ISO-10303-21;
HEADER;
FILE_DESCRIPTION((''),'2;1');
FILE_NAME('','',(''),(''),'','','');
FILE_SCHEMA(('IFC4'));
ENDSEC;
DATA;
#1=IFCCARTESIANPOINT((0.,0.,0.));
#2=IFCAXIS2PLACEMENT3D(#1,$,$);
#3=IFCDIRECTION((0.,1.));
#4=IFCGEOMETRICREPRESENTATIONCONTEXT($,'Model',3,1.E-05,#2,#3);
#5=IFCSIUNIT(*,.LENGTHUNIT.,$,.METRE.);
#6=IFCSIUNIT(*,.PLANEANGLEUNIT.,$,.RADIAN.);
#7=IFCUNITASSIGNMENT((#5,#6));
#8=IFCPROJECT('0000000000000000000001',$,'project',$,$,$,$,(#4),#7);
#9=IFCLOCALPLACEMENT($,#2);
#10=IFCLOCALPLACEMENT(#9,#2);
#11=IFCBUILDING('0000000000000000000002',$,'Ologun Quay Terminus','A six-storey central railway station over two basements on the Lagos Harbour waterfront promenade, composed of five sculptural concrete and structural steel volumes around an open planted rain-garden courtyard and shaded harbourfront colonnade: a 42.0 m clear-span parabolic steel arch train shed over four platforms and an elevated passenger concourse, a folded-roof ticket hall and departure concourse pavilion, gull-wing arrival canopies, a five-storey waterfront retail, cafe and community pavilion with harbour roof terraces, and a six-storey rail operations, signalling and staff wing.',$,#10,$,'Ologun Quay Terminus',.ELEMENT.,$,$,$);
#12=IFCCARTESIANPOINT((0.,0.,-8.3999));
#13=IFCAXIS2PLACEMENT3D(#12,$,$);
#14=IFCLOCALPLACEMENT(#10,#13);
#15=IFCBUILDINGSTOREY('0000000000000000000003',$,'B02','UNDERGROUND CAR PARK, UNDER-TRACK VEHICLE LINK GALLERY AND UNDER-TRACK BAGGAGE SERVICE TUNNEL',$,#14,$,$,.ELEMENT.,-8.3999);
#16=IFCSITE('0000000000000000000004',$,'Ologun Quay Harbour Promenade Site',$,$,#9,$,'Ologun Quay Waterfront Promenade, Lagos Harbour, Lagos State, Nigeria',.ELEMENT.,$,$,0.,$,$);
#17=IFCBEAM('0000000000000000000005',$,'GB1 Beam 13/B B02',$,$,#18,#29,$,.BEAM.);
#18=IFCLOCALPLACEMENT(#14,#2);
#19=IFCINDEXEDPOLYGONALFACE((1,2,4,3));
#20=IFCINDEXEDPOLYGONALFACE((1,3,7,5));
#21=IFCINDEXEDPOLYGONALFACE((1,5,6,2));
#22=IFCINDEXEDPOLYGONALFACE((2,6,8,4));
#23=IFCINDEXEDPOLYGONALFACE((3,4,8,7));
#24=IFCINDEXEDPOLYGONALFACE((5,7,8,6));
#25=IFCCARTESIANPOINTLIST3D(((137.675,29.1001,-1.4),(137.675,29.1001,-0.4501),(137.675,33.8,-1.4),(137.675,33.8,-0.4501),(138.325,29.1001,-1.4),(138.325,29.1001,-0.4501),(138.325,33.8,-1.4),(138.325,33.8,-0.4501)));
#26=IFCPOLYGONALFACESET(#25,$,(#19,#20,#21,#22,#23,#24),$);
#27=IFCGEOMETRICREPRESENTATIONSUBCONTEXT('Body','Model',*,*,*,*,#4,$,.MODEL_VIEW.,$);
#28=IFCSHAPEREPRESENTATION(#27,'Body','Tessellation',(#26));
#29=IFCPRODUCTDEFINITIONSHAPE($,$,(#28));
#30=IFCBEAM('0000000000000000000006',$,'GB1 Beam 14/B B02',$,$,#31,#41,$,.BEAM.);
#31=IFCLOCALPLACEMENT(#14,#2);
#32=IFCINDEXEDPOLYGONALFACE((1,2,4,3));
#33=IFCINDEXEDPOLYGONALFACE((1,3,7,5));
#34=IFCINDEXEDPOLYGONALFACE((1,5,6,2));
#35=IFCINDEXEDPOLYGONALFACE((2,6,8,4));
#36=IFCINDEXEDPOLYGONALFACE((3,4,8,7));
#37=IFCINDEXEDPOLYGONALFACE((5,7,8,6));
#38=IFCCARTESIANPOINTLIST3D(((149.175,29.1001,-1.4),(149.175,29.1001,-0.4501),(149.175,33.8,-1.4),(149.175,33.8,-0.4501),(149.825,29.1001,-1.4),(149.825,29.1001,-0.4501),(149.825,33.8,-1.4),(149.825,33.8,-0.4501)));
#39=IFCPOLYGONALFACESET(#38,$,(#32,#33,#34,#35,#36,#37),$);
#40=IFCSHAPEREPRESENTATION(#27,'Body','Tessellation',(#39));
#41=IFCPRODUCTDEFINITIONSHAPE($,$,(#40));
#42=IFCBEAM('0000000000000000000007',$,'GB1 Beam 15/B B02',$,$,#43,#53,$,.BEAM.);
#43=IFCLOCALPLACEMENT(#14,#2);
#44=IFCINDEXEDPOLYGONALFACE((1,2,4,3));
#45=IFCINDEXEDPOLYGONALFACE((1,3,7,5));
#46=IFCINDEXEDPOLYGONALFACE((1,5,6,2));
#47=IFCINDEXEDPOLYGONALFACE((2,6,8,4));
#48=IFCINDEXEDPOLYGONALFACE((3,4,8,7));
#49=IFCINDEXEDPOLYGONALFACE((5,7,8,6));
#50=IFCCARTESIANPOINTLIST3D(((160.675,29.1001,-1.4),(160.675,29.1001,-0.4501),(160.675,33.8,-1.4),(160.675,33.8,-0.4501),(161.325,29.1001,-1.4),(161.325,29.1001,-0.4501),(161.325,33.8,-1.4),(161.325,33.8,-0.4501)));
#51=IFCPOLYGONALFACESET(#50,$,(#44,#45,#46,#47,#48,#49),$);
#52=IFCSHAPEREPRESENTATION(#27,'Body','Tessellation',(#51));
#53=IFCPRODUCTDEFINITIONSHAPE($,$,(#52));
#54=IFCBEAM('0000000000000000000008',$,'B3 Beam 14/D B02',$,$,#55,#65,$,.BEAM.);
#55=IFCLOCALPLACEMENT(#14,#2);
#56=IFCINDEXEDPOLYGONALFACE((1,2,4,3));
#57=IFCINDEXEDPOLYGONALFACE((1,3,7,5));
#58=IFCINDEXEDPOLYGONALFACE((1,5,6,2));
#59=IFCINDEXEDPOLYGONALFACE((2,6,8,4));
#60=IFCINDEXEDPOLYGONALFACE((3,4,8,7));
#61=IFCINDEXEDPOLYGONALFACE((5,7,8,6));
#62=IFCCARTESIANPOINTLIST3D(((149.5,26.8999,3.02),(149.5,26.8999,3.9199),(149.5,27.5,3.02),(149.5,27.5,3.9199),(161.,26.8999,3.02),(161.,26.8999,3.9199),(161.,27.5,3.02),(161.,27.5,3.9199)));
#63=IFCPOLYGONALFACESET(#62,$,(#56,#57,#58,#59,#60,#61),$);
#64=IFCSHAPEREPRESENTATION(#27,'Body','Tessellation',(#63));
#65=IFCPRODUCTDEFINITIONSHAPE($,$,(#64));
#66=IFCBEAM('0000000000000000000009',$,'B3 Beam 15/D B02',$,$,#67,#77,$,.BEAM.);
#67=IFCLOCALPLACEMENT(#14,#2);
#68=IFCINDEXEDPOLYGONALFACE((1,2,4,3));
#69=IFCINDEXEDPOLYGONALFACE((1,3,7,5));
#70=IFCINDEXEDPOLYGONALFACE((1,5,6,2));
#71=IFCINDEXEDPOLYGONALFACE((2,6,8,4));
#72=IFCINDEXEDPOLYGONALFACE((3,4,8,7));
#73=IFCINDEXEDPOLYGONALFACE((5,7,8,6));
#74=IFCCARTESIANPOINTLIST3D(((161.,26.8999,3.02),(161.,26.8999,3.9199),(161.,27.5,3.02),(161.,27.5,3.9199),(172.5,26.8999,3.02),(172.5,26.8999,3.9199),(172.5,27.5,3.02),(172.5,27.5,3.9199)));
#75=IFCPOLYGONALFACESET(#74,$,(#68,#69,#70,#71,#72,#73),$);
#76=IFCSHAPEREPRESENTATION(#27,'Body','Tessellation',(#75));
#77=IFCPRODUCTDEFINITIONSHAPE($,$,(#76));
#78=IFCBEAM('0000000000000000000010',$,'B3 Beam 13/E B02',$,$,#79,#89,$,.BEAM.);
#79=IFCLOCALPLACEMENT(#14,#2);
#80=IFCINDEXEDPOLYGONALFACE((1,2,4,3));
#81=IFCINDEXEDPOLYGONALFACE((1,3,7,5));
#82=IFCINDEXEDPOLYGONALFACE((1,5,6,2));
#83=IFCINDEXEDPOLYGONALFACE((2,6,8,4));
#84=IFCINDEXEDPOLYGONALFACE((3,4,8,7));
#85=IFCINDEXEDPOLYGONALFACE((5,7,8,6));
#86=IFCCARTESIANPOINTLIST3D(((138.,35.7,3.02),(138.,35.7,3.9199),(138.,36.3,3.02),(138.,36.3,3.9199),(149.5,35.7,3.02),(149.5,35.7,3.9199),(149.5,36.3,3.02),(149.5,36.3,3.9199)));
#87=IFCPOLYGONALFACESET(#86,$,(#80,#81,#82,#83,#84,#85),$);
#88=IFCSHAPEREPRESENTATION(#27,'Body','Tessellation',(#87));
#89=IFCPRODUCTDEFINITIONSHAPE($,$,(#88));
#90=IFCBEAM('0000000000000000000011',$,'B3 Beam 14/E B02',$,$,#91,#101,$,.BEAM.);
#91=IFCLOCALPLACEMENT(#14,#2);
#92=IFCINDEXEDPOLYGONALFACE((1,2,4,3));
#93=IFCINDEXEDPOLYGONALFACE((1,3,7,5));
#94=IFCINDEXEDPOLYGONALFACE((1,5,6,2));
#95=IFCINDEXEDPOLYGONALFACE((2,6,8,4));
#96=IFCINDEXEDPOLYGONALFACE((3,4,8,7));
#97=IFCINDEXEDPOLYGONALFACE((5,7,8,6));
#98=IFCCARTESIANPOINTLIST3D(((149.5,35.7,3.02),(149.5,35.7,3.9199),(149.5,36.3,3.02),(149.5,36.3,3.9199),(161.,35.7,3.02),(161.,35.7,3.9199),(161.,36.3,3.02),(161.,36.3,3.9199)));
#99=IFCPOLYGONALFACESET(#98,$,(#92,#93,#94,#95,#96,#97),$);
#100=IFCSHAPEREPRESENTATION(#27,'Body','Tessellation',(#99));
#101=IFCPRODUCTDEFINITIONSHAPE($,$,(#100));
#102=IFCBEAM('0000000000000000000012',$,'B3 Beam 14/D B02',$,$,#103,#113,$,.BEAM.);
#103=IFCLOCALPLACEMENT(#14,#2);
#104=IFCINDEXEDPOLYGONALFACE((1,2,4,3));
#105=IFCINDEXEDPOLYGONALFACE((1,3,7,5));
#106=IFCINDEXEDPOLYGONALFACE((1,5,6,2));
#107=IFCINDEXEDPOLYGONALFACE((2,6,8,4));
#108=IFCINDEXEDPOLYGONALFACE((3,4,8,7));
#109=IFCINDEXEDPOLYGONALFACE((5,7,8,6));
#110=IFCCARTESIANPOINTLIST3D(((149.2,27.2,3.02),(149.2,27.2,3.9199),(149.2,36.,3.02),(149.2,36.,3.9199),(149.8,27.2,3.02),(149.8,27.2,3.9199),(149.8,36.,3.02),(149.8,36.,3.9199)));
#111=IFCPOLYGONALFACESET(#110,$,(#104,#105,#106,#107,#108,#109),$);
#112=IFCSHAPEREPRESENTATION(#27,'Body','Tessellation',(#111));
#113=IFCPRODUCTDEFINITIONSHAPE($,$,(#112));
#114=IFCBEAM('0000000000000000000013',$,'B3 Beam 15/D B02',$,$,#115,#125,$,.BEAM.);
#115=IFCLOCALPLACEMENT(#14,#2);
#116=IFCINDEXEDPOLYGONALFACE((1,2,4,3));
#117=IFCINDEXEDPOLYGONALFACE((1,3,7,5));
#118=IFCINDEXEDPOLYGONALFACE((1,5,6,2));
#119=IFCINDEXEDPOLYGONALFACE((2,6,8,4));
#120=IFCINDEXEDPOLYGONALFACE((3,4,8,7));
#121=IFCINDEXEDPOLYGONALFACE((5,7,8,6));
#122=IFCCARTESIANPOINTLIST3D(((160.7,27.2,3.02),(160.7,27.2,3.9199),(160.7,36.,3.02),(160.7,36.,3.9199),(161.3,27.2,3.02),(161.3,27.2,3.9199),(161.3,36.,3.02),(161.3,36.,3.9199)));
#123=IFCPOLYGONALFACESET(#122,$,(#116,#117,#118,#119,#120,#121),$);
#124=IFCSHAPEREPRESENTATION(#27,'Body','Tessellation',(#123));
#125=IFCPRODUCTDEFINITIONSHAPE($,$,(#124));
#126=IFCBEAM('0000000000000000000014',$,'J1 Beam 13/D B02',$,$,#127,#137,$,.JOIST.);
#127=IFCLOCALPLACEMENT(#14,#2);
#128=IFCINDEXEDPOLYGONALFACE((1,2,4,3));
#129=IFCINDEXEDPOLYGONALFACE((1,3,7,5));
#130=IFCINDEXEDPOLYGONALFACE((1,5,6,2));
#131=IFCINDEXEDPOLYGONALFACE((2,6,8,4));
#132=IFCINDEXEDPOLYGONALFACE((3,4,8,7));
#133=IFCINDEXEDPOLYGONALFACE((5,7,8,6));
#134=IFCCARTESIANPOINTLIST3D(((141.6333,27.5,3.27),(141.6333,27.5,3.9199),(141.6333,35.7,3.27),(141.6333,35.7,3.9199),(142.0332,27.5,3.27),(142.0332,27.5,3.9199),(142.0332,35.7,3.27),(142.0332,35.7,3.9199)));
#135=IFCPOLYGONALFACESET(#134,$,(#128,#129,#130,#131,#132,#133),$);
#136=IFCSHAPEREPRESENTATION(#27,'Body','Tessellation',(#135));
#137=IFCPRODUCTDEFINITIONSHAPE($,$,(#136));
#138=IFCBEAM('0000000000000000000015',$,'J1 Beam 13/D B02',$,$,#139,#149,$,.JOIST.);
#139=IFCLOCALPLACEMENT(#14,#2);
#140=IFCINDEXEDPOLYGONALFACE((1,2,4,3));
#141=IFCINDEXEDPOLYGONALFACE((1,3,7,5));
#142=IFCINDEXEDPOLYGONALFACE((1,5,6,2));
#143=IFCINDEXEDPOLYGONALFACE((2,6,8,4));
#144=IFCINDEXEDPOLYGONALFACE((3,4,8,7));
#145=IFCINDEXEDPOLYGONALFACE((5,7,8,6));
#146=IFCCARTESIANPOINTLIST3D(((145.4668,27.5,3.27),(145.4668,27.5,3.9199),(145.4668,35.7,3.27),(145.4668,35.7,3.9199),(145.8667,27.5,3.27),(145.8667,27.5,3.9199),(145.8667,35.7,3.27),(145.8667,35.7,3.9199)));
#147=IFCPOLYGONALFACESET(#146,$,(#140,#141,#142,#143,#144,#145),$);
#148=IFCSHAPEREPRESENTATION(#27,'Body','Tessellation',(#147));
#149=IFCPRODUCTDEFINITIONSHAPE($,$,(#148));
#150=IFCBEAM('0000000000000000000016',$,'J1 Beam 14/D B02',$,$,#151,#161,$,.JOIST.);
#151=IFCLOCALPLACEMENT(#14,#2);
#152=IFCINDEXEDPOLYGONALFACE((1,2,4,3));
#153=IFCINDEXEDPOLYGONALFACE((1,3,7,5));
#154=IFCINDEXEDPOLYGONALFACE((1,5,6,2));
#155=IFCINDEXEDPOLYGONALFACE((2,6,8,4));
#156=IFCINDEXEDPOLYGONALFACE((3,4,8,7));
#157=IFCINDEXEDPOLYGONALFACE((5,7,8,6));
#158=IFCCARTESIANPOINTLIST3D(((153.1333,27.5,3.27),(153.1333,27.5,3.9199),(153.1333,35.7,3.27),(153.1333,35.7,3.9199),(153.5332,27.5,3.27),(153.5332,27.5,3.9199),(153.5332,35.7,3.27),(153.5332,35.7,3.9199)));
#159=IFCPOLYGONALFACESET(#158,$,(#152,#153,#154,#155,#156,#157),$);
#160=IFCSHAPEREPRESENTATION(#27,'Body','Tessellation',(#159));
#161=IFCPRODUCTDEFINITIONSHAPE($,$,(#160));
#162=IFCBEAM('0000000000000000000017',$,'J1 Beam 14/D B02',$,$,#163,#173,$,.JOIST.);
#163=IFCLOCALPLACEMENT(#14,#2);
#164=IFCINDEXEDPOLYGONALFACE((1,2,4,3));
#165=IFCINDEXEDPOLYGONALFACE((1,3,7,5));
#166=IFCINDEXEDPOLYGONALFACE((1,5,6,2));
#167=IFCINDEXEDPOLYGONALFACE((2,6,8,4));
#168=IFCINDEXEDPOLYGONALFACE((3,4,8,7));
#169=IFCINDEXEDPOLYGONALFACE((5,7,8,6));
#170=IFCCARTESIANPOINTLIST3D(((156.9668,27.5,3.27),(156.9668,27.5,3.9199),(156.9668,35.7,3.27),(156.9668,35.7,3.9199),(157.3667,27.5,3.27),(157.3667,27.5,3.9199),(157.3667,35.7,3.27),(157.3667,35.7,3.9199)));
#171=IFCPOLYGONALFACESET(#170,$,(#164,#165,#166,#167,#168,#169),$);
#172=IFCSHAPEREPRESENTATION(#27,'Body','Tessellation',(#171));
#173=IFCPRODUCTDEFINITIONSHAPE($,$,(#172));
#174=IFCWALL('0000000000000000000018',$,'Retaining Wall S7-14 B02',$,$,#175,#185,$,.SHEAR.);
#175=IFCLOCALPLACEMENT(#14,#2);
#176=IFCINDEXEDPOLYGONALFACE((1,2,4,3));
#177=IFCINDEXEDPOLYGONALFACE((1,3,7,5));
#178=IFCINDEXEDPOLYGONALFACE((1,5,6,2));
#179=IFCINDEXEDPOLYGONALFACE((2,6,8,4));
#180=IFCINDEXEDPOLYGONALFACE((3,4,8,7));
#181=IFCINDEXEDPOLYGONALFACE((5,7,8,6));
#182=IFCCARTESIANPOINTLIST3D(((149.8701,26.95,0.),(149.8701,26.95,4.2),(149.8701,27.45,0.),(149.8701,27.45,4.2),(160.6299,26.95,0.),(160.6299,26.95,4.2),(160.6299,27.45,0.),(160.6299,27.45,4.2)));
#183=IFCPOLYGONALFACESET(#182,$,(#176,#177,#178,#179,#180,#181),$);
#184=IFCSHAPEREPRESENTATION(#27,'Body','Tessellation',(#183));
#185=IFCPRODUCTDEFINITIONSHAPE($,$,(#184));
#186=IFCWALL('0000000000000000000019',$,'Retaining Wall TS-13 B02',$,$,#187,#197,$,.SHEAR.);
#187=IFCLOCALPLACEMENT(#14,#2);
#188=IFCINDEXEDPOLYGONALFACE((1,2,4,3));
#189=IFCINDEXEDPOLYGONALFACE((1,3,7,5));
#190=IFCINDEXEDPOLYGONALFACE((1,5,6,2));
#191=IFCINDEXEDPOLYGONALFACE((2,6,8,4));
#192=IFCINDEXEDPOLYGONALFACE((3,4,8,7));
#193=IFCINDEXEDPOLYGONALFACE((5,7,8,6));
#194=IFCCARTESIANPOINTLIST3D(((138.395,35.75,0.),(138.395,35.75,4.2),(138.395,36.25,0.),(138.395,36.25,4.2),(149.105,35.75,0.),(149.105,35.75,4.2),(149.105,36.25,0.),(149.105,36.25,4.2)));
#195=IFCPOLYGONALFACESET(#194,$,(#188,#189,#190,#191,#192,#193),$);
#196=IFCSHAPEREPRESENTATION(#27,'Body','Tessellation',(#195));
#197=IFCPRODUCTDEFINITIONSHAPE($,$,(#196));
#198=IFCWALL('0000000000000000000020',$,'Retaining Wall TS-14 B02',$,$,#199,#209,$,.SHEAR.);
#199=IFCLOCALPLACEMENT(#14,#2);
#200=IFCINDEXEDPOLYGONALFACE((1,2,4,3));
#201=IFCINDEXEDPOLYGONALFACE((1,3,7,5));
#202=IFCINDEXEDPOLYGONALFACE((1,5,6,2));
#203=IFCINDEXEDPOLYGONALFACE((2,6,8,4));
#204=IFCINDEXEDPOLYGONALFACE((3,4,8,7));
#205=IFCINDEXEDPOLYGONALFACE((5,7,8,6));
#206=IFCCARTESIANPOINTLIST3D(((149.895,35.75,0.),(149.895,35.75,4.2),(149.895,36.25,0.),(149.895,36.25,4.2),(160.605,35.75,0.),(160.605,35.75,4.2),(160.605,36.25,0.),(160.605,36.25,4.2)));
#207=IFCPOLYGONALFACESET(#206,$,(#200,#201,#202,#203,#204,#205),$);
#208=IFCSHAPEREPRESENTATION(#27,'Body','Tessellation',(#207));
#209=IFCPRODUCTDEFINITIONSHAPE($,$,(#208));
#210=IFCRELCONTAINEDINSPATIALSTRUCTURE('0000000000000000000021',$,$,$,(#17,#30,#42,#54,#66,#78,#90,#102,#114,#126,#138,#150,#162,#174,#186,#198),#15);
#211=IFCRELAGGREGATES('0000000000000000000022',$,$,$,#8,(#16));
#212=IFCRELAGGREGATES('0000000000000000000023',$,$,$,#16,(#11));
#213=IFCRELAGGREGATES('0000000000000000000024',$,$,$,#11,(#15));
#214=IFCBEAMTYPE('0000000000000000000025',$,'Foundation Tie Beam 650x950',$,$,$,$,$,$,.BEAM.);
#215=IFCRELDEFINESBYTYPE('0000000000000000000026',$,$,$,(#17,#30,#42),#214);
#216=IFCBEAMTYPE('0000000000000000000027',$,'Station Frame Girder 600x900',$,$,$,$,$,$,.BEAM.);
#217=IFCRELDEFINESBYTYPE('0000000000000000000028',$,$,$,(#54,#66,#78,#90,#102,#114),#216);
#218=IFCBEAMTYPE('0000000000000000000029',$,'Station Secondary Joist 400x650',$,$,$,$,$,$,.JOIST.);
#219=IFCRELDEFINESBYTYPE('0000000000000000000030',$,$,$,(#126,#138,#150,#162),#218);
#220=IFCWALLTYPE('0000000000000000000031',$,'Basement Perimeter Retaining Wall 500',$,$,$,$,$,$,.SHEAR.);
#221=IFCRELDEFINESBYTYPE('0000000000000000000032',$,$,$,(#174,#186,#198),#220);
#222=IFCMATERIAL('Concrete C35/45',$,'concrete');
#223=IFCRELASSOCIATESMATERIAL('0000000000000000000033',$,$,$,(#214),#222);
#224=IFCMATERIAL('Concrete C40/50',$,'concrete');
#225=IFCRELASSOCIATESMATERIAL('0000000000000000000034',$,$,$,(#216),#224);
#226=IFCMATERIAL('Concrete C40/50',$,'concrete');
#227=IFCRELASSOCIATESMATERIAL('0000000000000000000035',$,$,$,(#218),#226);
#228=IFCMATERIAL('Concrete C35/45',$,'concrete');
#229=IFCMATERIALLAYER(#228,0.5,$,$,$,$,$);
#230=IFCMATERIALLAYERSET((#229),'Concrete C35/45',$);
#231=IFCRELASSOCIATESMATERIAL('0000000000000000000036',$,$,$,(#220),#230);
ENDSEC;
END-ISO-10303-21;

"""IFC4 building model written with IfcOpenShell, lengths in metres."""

from ifc_helpers import new_model, si_unit, direction, frame, frame_2d, origin, origin_2d, place, context, subcontext, project, spatial, rectangle, extrude, material, layer, layer_set, material_profile, profile_set, type_object, element, save


model = new_model("IFC4")

# Units and contexts
model_context = context("Model", 3, precision=1e-05, world=origin(), true_north=direction((0.0, 1.0)))
body_context = subcontext(model_context, "Body", "Model", "MODEL_VIEW")
ifc_project = project(units=[si_unit("LENGTHUNIT", "METRE"), si_unit("PLANEANGLEUNIT", "RADIAN")], contexts=[model_context])

# Site, building, storey
site_placement = place(None, origin())
site = spatial("IfcSite", under=ifc_project, at=site_placement, Name="Ologun Quay Harbour Promenade Site", LongName="Ologun Quay Waterfront Promenade, Lagos Harbour, Lagos State, Nigeria", CompositionType="ELEMENT", RefElevation=0.0)
building_placement = place(site_placement, origin())
building = spatial("IfcBuilding", under=site, at=building_placement, Name="Ologun Quay Terminus", Description="A six-storey central railway station over two basements on the Lagos Harbour waterfront promenade, composed of five sculptural concrete and structural steel volumes around an open planted rain-garden courtyard and shaded harbourfront colonnade: a 42.0 m clear-span parabolic steel arch train shed over four platforms and an elevated passenger concourse, a folded-roof ticket hall and departure concourse pavilion, gull-wing arrival canopies, a five-storey waterfront retail, cafe and community pavilion with harbour roof terraces, and a six-storey rail operations, signalling and staff wing.", LongName="Ologun Quay Terminus", CompositionType="ELEMENT")
storey_placement = place(building_placement, frame((0.0, 0.0, -8.3999)))
storey = spatial("IfcBuildingStorey", under=building, at=storey_placement, Name="B02", Description="UNDERGROUND CAR PARK, UNDER-TRACK VEHICLE LINK GALLERY AND UNDER-TRACK BAGGAGE SERVICE TUNNEL", CompositionType="ELEMENT", Elevation=-8.3999)

# Beams
ifc_material_1 = material(Name="Concrete C35/45", Category="concrete")
ifc_material_profile_1 = material_profile(ifc_material_1, rectangle(XDim=0.6499, YDim=0.95, at=origin_2d()), Name="RC 650x950")
ifc_profile_set_1 = profile_set([ifc_material_profile_1], Name="Concrete C35/45")
beam_type_1 = type_object("IfcBeamType", Name="Foundation Tie Beam 650x950", PredefinedType="BEAM", material=ifc_profile_set_1)
for number, where, z_axis, x_axis, name in (
    (1, (138.0, 29.1001, -0.925), (0.0, 1.0, 0.0), (-1.0, 0.0, 0.0), "GB1 Beam 13/B B02"),
    (2, (149.5, 29.1001, -0.925), (0.0, 1.0, 0.0), (-1.0, 0.0, 0.0), "GB1 Beam 14/B B02"),
    (3, (161.0, 29.1001, -0.925), (0.0, 1.0, 0.0), (-1.0, 0.0, 0.0), "GB1 Beam 15/B B02"),
):
    element("IfcBeam", number, at=place(storey_placement, frame(where, z_axis=z_axis, x_axis=x_axis)), inside=storey, type_object=beam_type_1, Name=name, PredefinedType="BEAM", context=body_context, shape_type="SweptSolid", body=[
        extrude(rectangle(XDim=0.6499, YDim=0.95, at=origin_2d()), origin(), (0.0, 0.0, 1.0), 4.7),
    ])
ifc_material_2 = material(Name="Concrete C40/50", Category="concrete")
ifc_material_profile_2 = material_profile(ifc_material_2, rectangle(XDim=0.6001, YDim=0.8999, at=origin_2d()), Name="RC 600x900")
ifc_profile_set_2 = profile_set([ifc_material_profile_2], Name="Concrete C40/50")
beam_type_2 = type_object("IfcBeamType", Name="Station Frame Girder 600x900", PredefinedType="BEAM", material=ifc_profile_set_2)
for number, where, z_axis, x_axis, name in (
    (4, (149.5, 27.2, 3.47), (1.0, 0.0, 0.0), (0.0, 1.0, 0.0), "B3 Beam 14/D B02"),
    (5, (161.0, 27.2, 3.47), (1.0, 0.0, 0.0), (0.0, 1.0, 0.0), "B3 Beam 15/D B02"),
    (6, (138.0, 36.0, 3.47), (1.0, 0.0, 0.0), (0.0, 1.0, 0.0), "B3 Beam 13/E B02"),
    (7, (149.5, 36.0, 3.47), (1.0, 0.0, 0.0), (0.0, 1.0, 0.0), "B3 Beam 14/E B02"),
):
    element("IfcBeam", number, at=place(storey_placement, frame(where, z_axis=z_axis, x_axis=x_axis)), inside=storey, type_object=beam_type_2, Name=name, PredefinedType="BEAM", context=body_context, shape_type="SweptSolid", body=[
        extrude(rectangle(XDim=0.6001, YDim=0.8999, at=origin_2d()), origin(), (0.0, 0.0, 1.0), 11.5),
    ])
for number, where, z_axis, x_axis, name in (
    (8, (149.5, 27.2, 3.47), (0.0, 1.0, 0.0), (-1.0, 0.0, 0.0), "B3 Beam 14/D B02"),
    (9, (161.0, 27.2, 3.47), (0.0, 1.0, 0.0), (-1.0, 0.0, 0.0), "B3 Beam 15/D B02"),
):
    element("IfcBeam", number, at=place(storey_placement, frame(where, z_axis=z_axis, x_axis=x_axis)), inside=storey, type_object=beam_type_2, Name=name, PredefinedType="BEAM", context=body_context, shape_type="SweptSolid", body=[
        extrude(rectangle(XDim=0.6001, YDim=0.8999, at=origin_2d()), origin(), (0.0, 0.0, 1.0), 8.8),
    ])
ifc_material_3 = material(Name="Concrete C40/50", Category="concrete")
ifc_material_profile_3 = material_profile(ifc_material_3, rectangle(XDim=0.3999, YDim=0.6499, at=origin_2d()), Name="RC 400x650")
ifc_profile_set_3 = profile_set([ifc_material_profile_3], Name="Concrete C40/50")
beam_type_3 = type_object("IfcBeamType", Name="Station Secondary Joist 400x650", PredefinedType="JOIST", material=ifc_profile_set_3)
for number, where, z_axis, x_axis, name in (
    (10, (141.8333, 27.5, 3.595), (0.0, 1.0, 0.0), (-1.0, 0.0, 0.0), "J1 Beam 13/D B02"),
    (11, (145.6667, 27.5, 3.595), (0.0, 1.0, 0.0), (-1.0, 0.0, 0.0), "J1 Beam 13/D B02"),
    (12, (153.3333, 27.5, 3.595), (0.0, 1.0, 0.0), (-1.0, 0.0, 0.0), "J1 Beam 14/D B02"),
    (13, (157.1667, 27.5, 3.595), (0.0, 1.0, 0.0), (-1.0, 0.0, 0.0), "J1 Beam 14/D B02"),
):
    element("IfcBeam", number, at=place(storey_placement, frame(where, z_axis=z_axis, x_axis=x_axis)), inside=storey, type_object=beam_type_3, Name=name, PredefinedType="JOIST", context=body_context, shape_type="SweptSolid", body=[
        extrude(rectangle(XDim=0.3999, YDim=0.6499, at=origin_2d()), origin(), (0.0, 0.0, 1.0), 8.2),
    ])

# Walls
ifc_material_4 = material(Name="Concrete C35/45", Category="concrete")
ifc_layer = layer(ifc_material_4, 0.5)
ifc_layer_set = layer_set([ifc_layer], Name="Concrete C35/45")
wall_type = type_object("IfcWallType", Name="Basement Perimeter Retaining Wall 500", PredefinedType="SHEAR", material=ifc_layer_set)
wall_placement = place(storey_placement, frame((149.8701, 27.2, 0.0), z_axis=(0.0, 0.0, 1.0), x_axis=(1.0, 0.0, 0.0)))
element("IfcWall", 14, at=wall_placement, inside=storey, type_object=wall_type, Name="Retaining Wall S7-14 B02", PredefinedType="SHEAR", context=body_context, shape_type="SweptSolid", body=[
    extrude(rectangle(XDim=10.7598, YDim=0.5, at=frame_2d((5.3799, 0.0))), origin(), (0.0, 0.0, 1.0), 4.2),
])
for number, where, z_axis, x_axis, name in (
    (15, (138.395, 36.0, 0.0), (0.0, 0.0, 1.0), (1.0, 0.0, 0.0), "Retaining Wall TS-13 B02"),
    (16, (149.895, 36.0, 0.0), (0.0, 0.0, 1.0), (1.0, 0.0, 0.0), "Retaining Wall TS-14 B02"),
):
    element("IfcWall", number, at=place(storey_placement, frame(where, z_axis=z_axis, x_axis=x_axis)), inside=storey, type_object=wall_type, Name=name, PredefinedType="SHEAR", context=body_context, shape_type="SweptSolid", body=[
        extrude(rectangle(XDim=10.71, YDim=0.5, at=frame_2d((5.355, 0.0))), origin(), (0.0, 0.0, 1.0), 4.2),
    ])

save(model, "model.ifc")
